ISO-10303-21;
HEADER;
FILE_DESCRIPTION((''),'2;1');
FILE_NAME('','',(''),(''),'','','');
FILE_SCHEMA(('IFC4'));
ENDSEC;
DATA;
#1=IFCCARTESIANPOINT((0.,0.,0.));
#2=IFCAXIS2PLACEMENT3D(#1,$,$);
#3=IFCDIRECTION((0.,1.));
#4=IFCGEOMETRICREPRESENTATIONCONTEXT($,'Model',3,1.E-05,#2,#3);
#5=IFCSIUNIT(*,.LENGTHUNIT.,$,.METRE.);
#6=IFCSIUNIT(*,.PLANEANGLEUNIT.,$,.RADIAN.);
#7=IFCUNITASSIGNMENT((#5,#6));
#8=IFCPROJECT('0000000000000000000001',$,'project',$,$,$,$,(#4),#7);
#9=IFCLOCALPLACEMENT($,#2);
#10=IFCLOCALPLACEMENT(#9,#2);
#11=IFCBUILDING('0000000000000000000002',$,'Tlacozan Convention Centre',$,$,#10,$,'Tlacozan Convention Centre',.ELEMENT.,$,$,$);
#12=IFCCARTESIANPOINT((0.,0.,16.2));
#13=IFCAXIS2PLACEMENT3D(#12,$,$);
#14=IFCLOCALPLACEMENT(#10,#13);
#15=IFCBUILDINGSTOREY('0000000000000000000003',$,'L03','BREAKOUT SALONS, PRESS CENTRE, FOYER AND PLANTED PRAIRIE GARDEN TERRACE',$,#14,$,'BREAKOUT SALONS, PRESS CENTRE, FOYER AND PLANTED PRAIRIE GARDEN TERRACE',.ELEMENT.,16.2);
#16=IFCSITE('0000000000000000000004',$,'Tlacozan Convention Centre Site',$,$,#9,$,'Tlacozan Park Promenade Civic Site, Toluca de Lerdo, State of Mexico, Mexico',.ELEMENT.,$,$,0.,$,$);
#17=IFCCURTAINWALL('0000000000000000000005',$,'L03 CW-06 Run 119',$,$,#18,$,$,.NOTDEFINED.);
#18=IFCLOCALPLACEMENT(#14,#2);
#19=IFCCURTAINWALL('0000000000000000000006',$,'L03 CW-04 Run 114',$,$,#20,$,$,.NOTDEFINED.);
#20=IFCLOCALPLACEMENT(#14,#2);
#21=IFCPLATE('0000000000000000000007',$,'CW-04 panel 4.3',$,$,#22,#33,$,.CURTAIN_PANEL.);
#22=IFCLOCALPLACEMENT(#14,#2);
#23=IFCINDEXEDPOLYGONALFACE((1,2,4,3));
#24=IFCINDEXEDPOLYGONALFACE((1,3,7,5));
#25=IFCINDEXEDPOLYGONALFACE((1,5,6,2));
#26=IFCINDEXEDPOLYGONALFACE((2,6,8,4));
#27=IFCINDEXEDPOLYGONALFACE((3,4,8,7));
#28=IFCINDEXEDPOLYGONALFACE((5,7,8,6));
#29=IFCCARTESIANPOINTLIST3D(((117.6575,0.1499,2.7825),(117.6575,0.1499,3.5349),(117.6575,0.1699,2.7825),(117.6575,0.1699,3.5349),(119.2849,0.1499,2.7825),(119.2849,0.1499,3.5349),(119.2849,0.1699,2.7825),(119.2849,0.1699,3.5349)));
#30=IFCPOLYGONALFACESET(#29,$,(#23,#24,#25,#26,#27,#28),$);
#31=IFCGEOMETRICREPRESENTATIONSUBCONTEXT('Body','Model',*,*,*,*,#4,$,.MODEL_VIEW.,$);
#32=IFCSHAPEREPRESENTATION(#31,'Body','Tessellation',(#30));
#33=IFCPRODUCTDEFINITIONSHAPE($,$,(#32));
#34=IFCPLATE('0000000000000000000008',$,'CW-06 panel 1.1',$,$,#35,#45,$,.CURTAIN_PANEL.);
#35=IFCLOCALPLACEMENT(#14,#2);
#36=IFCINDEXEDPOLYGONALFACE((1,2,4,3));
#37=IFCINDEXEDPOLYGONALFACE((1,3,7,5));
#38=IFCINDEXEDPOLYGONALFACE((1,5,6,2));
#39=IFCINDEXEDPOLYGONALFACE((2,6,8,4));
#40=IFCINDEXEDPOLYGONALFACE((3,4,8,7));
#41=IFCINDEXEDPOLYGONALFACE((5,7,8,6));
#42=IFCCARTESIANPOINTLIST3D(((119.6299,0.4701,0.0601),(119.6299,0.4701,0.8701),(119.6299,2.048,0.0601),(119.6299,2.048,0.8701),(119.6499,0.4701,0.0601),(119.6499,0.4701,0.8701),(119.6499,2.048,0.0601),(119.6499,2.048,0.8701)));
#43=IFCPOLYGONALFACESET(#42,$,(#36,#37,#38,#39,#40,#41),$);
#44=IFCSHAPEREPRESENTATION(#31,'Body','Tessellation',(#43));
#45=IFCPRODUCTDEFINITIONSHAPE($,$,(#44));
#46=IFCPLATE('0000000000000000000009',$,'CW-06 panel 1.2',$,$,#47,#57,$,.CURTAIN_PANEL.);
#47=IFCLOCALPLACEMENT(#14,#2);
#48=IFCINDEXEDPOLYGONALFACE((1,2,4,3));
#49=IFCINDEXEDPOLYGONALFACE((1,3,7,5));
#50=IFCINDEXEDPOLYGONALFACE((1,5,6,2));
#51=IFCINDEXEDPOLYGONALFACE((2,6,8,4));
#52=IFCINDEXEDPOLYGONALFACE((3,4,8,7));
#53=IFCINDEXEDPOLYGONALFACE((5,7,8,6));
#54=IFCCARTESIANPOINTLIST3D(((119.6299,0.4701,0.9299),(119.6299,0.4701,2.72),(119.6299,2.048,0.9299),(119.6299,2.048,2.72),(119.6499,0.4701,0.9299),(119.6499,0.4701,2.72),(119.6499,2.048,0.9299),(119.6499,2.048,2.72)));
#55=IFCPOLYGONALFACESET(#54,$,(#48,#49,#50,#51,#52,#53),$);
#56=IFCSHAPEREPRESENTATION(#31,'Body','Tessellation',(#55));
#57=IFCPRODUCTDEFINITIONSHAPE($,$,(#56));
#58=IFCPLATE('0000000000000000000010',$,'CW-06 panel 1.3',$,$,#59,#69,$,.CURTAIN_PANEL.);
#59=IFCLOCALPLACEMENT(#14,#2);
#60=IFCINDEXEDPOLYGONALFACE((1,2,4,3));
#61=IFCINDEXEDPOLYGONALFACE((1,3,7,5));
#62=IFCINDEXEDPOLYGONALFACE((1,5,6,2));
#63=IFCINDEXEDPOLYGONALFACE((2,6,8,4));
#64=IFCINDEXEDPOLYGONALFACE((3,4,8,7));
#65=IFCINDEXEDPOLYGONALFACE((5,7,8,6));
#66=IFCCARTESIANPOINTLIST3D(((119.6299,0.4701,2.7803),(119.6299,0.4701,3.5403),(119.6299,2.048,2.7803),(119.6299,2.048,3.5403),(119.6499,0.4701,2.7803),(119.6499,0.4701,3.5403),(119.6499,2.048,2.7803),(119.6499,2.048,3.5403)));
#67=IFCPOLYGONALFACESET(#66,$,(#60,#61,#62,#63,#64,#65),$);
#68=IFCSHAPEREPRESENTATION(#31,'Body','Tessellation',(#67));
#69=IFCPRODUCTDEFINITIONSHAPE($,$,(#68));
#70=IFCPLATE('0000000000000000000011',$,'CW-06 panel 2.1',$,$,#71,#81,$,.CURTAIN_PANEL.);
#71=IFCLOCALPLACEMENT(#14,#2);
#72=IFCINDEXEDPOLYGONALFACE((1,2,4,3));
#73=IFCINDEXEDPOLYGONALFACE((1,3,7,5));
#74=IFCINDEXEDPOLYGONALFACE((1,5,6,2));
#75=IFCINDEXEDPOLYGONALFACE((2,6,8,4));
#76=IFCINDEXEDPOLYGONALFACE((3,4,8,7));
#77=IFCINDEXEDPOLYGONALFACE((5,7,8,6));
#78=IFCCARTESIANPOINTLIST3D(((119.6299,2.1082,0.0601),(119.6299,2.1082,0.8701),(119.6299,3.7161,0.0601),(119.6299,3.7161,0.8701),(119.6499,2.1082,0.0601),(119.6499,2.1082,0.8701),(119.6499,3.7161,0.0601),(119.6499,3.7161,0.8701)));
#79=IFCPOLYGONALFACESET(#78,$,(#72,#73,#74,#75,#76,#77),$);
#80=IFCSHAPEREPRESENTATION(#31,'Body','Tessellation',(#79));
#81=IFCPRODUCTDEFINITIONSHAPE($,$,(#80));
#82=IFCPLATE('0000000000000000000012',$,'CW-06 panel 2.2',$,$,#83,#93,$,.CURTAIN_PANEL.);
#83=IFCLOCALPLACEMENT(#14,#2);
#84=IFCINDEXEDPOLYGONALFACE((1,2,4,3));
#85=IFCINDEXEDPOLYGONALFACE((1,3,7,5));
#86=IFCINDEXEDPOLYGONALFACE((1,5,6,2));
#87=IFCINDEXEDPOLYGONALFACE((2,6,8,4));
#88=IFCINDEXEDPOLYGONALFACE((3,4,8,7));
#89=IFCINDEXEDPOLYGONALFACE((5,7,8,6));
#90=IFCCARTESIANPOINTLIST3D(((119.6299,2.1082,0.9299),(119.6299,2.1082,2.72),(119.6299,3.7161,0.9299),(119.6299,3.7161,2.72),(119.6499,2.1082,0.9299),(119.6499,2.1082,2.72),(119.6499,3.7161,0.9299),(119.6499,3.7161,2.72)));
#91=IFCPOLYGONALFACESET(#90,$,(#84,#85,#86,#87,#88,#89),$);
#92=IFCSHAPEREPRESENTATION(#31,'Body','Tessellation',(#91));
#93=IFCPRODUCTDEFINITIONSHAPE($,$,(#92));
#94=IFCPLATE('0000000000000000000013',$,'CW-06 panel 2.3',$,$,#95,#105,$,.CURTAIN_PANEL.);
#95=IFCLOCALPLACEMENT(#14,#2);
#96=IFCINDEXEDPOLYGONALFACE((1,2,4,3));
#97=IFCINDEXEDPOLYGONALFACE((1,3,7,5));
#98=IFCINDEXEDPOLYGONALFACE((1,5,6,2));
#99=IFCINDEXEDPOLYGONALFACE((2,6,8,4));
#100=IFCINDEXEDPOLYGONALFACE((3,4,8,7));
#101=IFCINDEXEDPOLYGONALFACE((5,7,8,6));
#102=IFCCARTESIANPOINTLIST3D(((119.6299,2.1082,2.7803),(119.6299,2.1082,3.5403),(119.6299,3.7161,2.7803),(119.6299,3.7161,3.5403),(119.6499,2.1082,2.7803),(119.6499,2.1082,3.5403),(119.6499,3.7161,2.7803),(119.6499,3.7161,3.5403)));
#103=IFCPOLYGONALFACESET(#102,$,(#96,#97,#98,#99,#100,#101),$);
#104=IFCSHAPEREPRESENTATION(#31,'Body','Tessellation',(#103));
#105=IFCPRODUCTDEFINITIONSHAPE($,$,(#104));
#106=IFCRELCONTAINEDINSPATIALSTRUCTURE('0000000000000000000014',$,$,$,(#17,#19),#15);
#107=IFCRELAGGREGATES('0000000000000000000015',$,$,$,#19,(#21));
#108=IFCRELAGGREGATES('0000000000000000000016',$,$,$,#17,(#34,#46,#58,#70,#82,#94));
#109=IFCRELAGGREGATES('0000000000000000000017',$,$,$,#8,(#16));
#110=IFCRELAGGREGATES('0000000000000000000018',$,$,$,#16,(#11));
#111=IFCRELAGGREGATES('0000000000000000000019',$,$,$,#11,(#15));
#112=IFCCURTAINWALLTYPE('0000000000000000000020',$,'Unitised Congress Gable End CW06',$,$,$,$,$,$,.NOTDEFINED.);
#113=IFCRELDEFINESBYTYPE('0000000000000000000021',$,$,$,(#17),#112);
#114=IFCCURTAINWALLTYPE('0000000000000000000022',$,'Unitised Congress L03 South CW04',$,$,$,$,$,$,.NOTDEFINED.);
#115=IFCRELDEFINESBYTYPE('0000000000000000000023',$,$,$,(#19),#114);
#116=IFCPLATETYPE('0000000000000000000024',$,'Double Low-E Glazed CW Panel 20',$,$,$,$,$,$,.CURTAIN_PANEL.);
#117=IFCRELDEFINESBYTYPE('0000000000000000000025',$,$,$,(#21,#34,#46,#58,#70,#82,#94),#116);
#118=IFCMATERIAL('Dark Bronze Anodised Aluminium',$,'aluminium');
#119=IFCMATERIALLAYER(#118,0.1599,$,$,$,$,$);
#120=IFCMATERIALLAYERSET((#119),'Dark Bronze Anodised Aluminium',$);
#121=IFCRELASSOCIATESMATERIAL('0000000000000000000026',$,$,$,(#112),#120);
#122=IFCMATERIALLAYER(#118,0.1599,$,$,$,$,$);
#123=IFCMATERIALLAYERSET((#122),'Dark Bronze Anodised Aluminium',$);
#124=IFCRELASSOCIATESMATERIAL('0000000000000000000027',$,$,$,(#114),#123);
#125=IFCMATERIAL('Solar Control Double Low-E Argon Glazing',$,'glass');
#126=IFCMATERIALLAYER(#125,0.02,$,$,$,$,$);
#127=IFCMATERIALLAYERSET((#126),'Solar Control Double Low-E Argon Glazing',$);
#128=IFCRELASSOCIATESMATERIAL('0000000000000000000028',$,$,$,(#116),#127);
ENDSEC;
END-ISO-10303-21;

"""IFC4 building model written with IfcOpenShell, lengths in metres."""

from ifc_helpers import new_model, si_unit, direction, frame, origin, origin_2d, place, context, subcontext, project, spatial, rectangle, extrude, material, layer, layer_set, type_object, element, aggregate, save


model = new_model("IFC4")

# Units and contexts
model_context = context("Model", 3, precision=1e-05, world=origin(), true_north=direction((0.0, 1.0)))
body_context = subcontext(model_context, "Body", "Model", "MODEL_VIEW")
ifc_project = project(units=[si_unit("LENGTHUNIT", "METRE"), si_unit("PLANEANGLEUNIT", "RADIAN")], contexts=[model_context])

# Site, building, storey
site_placement = place(None, origin())
site = spatial("IfcSite", under=ifc_project, at=site_placement, Name="Tlacozan Convention Centre Site", LongName="Tlacozan Park Promenade Civic Site, Toluca de Lerdo, State of Mexico, Mexico", CompositionType="ELEMENT", RefElevation=0.0)
building_placement = place(site_placement, origin())
building = spatial("IfcBuilding", under=site, at=building_placement, Name="Tlacozan Convention Centre", LongName="Tlacozan Convention Centre", CompositionType="ELEMENT")
storey_placement = place(building_placement, frame((0.0, 0.0, 16.2)))
storey = spatial("IfcBuildingStorey", under=building, at=storey_placement, Name="L03", Description="BREAKOUT SALONS, PRESS CENTRE, FOYER AND PLANTED PRAIRIE GARDEN TERRACE", LongName="BREAKOUT SALONS, PRESS CENTRE, FOYER AND PLANTED PRAIRIE GARDEN TERRACE", CompositionType="ELEMENT", Elevation=16.2)

# Curtain wall
ifc_material_1 = material(Name="Dark Bronze Anodised Aluminium", Category="aluminium")
ifc_layer_1 = layer(ifc_material_1, 0.1599)
ifc_layer_set_1 = layer_set([ifc_layer_1], Name="Dark Bronze Anodised Aluminium")
curtain_wall_type_1 = type_object("IfcCurtainWallType", Name="Unitised Congress Gable End CW06", PredefinedType="NOTDEFINED", material=ifc_layer_set_1)
curtain_wall_1_placement = place(storey_placement, origin())
curtain_wall_1 = element("IfcCurtainWall", 1, at=curtain_wall_1_placement, inside=storey, type_object=curtain_wall_type_1, Name="L03 CW-06 Run 119", PredefinedType="NOTDEFINED")

# Curtain wall, plate
ifc_layer_2 = layer(ifc_material_1, 0.1599)
ifc_layer_set_2 = layer_set([ifc_layer_2], Name="Dark Bronze Anodised Aluminium")
curtain_wall_type_2 = type_object("IfcCurtainWallType", Name="Unitised Congress L03 South CW04", PredefinedType="NOTDEFINED", material=ifc_layer_set_2)
curtain_wall_2_placement = place(storey_placement, origin())
curtain_wall_2 = element("IfcCurtainWall", 2, at=curtain_wall_2_placement, inside=storey, type_object=curtain_wall_type_2, Name="L03 CW-04 Run 114", PredefinedType="NOTDEFINED")
ifc_material_2 = material(Name="Solar Control Double Low-E Argon Glazing", Category="glass")
ifc_layer_3 = layer(ifc_material_2, 0.02)
ifc_layer_set_3 = layer_set([ifc_layer_3], Name="Solar Control Double Low-E Argon Glazing")
plate_type = type_object("IfcPlateType", Name="Double Low-E Glazed CW Panel 20", PredefinedType="CURTAIN_PANEL", material=ifc_layer_set_3)
plate_1_placement = place(storey_placement, frame((118.4712, 0.1599, 2.7825), z_axis=(0.0, 0.0, 1.0), x_axis=(1.0, 0.0, 0.0)))
plate_1 = element("IfcPlate", 3, at=plate_1_placement, type_object=plate_type, Name="CW-04 panel 4.3", PredefinedType="CURTAIN_PANEL", context=body_context, shape_type="SweptSolid", body=[
    extrude(rectangle(XDim=1.6274, YDim=0.02, at=origin_2d()), origin(), (0.0, 0.0, 1.0), 0.7524),
])
aggregate(curtain_wall_2, [plate_1])

# Plates
plate_2_placement = place(storey_placement, frame((119.6399, 1.259, 0.0601), z_axis=(0.0, 0.0, 1.0), x_axis=(0.0, 1.0, 0.0)))
plate_2 = element("IfcPlate", 4, at=plate_2_placement, type_object=plate_type, Name="CW-06 panel 1.1", PredefinedType="CURTAIN_PANEL", context=body_context, shape_type="SweptSolid", body=[
    extrude(rectangle(XDim=1.5779, YDim=0.02, at=origin_2d()), origin(), (0.0, 0.0, 1.0), 0.8101),
])
plate_3_placement = place(storey_placement, frame((119.6399, 1.259, 0.9299), z_axis=(0.0, 0.0, 1.0), x_axis=(0.0, 1.0, 0.0)))
plate_3 = element("IfcPlate", 5, at=plate_3_placement, type_object=plate_type, Name="CW-06 panel 1.2", PredefinedType="CURTAIN_PANEL", context=body_context, shape_type="SweptSolid", body=[
    extrude(rectangle(XDim=1.5779, YDim=0.02, at=origin_2d()), origin(), (0.0, 0.0, 1.0), 1.79),
])
plate_4_placement = place(storey_placement, frame((119.6399, 1.259, 2.7803), z_axis=(0.0, 0.0, 1.0), x_axis=(0.0, 1.0, 0.0)))
plate_4 = element("IfcPlate", 6, at=plate_4_placement, type_object=plate_type, Name="CW-06 panel 1.3", PredefinedType="CURTAIN_PANEL", context=body_context, shape_type="SweptSolid", body=[
    extrude(rectangle(XDim=1.5779, YDim=0.02, at=origin_2d()), origin(), (0.0, 0.0, 1.0), 0.76),
])
plate_5_placement = place(storey_placement, frame((119.6399, 2.9121, 0.0601), z_axis=(0.0, 0.0, 1.0), x_axis=(0.0, 1.0, 0.0)))
plate_5 = element("IfcPlate", 7, at=plate_5_placement, type_object=plate_type, Name="CW-06 panel 2.1", PredefinedType="CURTAIN_PANEL", context=body_context, shape_type="SweptSolid", body=[
    extrude(rectangle(XDim=1.6079, YDim=0.02, at=origin_2d()), origin(), (0.0, 0.0, 1.0), 0.8101),
])
plate_6_placement = place(storey_placement, frame((119.6399, 2.9121, 0.9299), z_axis=(0.0, 0.0, 1.0), x_axis=(0.0, 1.0, 0.0)))
plate_6 = element("IfcPlate", 8, at=plate_6_placement, type_object=plate_type, Name="CW-06 panel 2.2", PredefinedType="CURTAIN_PANEL", context=body_context, shape_type="SweptSolid", body=[
    extrude(rectangle(XDim=1.6079, YDim=0.02, at=origin_2d()), origin(), (0.0, 0.0, 1.0), 1.79),
])
plate_7_placement = place(storey_placement, frame((119.6399, 2.9121, 2.7803), z_axis=(0.0, 0.0, 1.0), x_axis=(0.0, 1.0, 0.0)))
plate_7 = element("IfcPlate", 9, at=plate_7_placement, type_object=plate_type, Name="CW-06 panel 2.3", PredefinedType="CURTAIN_PANEL", context=body_context, shape_type="SweptSolid", body=[
    extrude(rectangle(XDim=1.6079, YDim=0.02, at=origin_2d()), origin(), (0.0, 0.0, 1.0), 0.76),
])
aggregate(curtain_wall_1, [plate_2, plate_3, plate_4, plate_5, plate_6, plate_7])

save(model, "model.ifc")
